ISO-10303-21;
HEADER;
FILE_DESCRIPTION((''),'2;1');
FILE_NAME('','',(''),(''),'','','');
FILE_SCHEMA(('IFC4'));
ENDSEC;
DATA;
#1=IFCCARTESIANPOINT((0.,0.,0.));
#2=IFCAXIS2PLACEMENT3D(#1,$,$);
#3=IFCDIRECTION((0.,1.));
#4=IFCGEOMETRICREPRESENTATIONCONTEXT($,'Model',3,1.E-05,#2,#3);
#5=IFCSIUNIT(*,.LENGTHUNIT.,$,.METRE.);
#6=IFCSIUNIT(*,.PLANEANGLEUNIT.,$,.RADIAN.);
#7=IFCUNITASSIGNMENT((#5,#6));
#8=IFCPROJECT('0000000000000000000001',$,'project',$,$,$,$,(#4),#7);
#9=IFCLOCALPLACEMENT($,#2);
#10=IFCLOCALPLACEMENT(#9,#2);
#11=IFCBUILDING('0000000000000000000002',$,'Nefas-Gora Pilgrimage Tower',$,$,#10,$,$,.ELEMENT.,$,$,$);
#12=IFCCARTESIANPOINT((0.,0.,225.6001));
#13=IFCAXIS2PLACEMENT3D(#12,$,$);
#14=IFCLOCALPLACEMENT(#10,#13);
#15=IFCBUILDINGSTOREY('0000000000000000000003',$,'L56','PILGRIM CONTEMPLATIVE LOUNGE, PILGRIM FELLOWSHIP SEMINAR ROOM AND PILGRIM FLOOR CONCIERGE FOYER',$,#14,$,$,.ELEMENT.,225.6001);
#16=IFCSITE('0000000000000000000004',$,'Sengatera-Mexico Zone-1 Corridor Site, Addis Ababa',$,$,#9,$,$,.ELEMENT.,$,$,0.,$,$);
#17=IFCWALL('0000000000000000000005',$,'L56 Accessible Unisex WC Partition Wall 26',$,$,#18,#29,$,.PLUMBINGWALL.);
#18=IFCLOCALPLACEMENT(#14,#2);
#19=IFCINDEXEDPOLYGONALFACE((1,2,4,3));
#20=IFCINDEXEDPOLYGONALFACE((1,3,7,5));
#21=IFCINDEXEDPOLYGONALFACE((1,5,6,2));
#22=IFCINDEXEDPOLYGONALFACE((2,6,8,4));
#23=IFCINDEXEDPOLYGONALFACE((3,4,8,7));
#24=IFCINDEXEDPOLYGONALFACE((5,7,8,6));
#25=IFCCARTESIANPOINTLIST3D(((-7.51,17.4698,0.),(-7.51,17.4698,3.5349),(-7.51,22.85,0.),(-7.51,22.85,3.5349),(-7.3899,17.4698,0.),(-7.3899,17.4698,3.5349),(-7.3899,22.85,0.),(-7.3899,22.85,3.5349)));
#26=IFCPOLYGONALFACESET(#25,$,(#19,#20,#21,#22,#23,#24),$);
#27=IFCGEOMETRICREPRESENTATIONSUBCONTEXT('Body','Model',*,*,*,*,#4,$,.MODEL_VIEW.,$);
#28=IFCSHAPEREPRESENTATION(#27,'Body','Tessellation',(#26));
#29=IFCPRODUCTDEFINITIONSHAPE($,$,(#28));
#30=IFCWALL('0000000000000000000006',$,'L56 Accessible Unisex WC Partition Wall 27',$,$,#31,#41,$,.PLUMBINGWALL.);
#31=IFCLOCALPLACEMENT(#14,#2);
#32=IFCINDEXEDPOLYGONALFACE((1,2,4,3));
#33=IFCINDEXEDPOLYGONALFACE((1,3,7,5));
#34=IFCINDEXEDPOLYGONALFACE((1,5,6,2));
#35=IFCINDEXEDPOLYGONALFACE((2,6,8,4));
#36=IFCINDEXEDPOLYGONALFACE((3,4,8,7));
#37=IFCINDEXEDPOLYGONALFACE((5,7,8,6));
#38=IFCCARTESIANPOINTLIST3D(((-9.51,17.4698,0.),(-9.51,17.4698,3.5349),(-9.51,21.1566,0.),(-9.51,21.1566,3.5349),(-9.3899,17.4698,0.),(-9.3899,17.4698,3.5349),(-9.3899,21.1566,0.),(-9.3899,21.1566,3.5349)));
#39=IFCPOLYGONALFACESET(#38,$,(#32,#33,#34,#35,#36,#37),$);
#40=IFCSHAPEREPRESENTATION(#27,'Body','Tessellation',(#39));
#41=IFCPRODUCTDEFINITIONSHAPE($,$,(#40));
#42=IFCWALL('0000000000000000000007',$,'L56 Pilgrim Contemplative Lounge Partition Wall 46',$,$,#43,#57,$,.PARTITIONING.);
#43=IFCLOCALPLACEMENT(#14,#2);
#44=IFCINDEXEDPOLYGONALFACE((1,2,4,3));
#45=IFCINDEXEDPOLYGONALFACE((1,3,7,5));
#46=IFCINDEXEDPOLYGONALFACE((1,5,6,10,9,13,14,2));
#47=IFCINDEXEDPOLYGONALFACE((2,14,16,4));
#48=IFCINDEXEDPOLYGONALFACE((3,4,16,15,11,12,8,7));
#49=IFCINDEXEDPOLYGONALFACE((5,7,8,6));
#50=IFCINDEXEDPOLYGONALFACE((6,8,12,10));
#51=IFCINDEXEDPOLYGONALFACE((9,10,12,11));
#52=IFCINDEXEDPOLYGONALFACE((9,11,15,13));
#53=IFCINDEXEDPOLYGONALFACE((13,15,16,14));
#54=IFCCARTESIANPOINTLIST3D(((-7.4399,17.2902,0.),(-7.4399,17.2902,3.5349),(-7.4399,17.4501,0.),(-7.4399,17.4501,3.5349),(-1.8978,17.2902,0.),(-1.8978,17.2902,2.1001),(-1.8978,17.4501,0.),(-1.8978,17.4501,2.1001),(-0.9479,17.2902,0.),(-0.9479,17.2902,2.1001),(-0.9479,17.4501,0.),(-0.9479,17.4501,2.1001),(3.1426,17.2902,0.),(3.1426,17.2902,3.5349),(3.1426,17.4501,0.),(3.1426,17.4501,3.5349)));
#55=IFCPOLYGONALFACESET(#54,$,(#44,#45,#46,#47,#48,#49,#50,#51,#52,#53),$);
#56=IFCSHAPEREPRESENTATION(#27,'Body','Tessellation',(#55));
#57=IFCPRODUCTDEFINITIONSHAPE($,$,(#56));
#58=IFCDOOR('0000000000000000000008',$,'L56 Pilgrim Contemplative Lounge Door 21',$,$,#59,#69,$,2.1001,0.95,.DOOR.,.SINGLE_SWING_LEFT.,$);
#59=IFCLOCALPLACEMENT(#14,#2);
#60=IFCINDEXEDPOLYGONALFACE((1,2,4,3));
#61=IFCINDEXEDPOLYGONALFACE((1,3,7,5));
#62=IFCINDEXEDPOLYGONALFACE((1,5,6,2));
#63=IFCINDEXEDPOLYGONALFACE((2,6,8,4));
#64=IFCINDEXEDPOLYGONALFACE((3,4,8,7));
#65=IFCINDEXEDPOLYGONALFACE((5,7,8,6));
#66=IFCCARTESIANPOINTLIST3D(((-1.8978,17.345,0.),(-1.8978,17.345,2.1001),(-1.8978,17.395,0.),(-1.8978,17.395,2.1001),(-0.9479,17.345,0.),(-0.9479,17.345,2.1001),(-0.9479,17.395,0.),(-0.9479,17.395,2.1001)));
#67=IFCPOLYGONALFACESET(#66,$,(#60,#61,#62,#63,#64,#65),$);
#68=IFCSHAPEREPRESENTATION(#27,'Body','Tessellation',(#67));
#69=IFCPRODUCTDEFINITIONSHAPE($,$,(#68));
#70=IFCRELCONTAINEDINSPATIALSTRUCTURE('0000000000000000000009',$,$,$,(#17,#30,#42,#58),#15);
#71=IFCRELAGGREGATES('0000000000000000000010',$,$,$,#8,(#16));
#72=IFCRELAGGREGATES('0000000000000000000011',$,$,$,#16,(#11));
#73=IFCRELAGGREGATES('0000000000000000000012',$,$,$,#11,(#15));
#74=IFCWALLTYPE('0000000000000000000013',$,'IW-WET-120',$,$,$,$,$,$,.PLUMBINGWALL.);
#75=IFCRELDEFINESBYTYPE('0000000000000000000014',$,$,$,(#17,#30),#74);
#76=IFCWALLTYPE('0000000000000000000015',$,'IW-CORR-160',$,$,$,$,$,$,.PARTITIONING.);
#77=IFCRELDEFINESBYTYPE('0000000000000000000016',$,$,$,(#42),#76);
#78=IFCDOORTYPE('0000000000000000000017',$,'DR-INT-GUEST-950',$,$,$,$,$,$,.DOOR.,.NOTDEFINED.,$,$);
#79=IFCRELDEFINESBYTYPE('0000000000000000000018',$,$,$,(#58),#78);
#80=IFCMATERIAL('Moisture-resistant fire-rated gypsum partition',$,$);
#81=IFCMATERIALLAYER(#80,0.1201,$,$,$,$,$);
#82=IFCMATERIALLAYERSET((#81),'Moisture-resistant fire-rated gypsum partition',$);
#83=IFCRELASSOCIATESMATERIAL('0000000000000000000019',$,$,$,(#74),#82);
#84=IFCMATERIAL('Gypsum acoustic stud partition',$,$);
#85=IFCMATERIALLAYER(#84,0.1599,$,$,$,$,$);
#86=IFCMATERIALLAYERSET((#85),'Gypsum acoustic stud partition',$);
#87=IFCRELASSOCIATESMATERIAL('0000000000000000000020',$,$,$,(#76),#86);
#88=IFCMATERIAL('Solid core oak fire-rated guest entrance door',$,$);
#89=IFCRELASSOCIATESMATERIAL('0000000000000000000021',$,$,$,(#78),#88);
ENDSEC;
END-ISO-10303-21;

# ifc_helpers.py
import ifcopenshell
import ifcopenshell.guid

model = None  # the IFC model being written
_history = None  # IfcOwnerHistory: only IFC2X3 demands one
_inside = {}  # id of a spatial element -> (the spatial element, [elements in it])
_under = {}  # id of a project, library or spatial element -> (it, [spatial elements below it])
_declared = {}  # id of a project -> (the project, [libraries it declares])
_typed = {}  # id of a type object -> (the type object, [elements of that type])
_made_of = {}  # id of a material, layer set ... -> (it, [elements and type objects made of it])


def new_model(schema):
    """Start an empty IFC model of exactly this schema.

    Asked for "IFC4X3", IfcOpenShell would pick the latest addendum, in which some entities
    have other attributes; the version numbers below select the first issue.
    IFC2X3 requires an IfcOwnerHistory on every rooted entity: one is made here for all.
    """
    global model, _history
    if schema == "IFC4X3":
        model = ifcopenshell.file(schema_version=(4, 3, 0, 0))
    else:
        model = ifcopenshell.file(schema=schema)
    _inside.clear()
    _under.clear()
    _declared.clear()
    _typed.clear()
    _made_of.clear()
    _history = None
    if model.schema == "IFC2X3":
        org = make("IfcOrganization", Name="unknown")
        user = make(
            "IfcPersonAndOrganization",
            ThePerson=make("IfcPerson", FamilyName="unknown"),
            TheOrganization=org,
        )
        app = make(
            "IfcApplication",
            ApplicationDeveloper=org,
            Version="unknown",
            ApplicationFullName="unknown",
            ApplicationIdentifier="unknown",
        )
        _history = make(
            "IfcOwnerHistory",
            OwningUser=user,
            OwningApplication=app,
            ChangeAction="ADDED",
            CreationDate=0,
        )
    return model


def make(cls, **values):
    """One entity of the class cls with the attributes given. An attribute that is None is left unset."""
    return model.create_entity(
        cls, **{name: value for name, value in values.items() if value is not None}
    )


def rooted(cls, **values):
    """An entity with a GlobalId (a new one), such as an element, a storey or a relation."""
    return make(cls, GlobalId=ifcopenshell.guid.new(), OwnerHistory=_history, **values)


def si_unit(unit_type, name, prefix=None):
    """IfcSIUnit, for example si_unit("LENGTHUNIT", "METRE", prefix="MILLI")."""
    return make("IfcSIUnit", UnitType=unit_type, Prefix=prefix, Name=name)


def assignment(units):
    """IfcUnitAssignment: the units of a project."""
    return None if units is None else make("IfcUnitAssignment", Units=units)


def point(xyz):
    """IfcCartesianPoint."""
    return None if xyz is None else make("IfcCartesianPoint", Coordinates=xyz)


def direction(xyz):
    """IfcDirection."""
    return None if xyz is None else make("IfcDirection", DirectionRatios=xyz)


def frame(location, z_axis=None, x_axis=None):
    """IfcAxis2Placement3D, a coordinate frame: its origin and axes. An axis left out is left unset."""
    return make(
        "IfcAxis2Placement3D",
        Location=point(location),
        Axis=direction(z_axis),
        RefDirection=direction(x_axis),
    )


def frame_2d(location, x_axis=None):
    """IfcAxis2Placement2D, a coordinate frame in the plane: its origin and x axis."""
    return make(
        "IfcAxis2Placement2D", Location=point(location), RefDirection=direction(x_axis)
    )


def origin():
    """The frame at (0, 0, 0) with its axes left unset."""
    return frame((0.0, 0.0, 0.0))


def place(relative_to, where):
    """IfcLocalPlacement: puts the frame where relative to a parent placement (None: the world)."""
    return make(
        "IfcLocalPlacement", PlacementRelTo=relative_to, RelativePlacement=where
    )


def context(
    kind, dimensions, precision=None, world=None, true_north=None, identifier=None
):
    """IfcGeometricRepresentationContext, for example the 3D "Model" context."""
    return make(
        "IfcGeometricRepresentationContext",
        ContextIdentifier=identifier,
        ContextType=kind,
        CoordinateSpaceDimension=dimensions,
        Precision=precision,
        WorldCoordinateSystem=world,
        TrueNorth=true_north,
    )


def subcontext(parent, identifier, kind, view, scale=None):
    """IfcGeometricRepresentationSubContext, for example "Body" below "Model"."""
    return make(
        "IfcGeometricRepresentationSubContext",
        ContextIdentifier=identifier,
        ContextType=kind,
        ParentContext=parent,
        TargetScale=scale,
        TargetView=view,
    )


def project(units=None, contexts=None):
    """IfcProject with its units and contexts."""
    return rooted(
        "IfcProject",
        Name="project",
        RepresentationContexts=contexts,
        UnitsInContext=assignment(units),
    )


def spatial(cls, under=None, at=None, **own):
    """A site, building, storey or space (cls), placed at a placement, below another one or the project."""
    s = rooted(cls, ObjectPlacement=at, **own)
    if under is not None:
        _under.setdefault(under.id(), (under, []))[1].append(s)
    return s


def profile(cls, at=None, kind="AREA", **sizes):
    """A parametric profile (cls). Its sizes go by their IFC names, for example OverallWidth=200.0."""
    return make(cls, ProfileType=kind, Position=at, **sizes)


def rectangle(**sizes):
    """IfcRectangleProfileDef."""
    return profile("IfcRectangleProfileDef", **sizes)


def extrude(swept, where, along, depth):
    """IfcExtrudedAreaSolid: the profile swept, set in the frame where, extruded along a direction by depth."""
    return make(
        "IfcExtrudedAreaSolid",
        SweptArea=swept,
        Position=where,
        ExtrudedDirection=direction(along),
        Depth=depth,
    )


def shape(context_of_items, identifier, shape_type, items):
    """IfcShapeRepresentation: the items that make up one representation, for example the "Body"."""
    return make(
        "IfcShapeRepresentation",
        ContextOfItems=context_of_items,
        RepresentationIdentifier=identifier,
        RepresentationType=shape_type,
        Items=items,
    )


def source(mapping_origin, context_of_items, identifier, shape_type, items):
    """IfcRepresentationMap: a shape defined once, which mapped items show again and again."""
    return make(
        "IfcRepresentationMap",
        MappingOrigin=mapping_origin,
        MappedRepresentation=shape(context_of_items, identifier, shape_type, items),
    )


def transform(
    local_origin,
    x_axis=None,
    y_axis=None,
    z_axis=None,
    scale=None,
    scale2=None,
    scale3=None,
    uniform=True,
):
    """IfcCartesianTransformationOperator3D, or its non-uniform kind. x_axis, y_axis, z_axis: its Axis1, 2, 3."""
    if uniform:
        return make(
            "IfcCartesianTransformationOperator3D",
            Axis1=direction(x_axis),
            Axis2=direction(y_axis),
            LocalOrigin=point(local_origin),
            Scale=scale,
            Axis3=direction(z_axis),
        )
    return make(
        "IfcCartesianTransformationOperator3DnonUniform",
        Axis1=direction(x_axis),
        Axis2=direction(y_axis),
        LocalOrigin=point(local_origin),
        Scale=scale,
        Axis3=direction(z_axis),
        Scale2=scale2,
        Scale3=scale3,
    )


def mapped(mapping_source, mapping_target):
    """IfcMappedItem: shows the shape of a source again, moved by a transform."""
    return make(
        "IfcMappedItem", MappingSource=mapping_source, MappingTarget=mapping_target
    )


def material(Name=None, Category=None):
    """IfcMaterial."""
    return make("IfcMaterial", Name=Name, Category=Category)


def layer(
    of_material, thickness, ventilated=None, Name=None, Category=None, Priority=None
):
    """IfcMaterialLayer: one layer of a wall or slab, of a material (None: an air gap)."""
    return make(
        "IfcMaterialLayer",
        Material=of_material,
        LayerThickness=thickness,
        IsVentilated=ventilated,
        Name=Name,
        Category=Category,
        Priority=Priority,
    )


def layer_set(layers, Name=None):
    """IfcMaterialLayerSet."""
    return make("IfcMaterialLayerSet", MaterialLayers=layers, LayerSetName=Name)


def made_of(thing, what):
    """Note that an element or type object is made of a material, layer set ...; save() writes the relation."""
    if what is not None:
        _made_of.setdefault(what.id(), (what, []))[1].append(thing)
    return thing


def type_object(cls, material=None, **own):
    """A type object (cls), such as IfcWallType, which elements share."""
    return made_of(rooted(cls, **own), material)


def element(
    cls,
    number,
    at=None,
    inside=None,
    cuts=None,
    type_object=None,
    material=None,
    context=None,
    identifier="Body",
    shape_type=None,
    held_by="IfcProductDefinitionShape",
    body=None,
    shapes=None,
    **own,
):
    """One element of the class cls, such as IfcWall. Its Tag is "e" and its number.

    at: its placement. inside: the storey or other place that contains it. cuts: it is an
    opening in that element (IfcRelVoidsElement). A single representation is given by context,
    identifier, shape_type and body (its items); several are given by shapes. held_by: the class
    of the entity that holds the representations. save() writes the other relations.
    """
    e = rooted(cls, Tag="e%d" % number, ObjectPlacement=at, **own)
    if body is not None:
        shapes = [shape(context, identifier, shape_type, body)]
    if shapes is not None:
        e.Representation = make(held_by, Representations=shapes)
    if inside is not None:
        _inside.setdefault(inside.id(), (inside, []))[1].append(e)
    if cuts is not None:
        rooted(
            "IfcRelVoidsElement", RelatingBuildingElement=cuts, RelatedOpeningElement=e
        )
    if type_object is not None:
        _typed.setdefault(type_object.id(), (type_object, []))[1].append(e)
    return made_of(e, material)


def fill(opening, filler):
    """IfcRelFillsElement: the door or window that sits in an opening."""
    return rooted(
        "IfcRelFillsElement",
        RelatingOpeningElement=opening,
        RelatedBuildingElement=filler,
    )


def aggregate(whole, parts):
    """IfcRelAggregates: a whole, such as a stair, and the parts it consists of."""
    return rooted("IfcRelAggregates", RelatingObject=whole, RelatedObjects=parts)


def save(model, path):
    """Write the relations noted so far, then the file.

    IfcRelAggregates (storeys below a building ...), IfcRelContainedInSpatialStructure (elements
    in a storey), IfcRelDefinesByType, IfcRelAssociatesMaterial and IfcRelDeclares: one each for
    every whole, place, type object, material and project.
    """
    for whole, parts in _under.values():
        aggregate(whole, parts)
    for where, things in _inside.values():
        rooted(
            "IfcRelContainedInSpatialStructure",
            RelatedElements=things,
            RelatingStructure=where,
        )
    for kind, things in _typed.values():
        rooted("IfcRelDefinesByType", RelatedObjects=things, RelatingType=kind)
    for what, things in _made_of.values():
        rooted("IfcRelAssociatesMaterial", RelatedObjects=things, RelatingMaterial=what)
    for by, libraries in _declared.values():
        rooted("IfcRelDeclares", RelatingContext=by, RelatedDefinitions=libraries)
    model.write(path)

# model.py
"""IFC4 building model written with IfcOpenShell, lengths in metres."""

from ifc_helpers import new_model, si_unit, direction, frame, frame_2d, origin, place, context, subcontext, project, spatial, rectangle, extrude, source, transform, mapped, material, layer, layer_set, type_object, element, fill, save


model = new_model("IFC4")

# Units and contexts
model_context = context("Model", 3, precision=1e-05, world=origin(), true_north=direction((0.0, 1.0)))
body_context = subcontext(model_context, "Body", "Model", "MODEL_VIEW")
ifc_project = project(units=[si_unit("LENGTHUNIT", "METRE"), si_unit("PLANEANGLEUNIT", "RADIAN")], contexts=[model_context])

# Site, building, storey
site_placement = place(None, origin())
site = spatial("IfcSite", under=ifc_project, at=site_placement, Name="Sengatera-Mexico Zone-1 Corridor Site, Addis Ababa", CompositionType="ELEMENT", RefElevation=0.0)
building_placement = place(site_placement, origin())
building = spatial("IfcBuilding", under=site, at=building_placement, Name="Nefas-Gora Pilgrimage Tower", CompositionType="ELEMENT")
storey_placement = place(building_placement, frame((0.0, 0.0, 225.6001)))
storey = spatial("IfcBuildingStorey", under=building, at=storey_placement, Name="L56", Description="PILGRIM CONTEMPLATIVE LOUNGE, PILGRIM FELLOWSHIP SEMINAR ROOM AND PILGRIM FLOOR CONCIERGE FOYER", CompositionType="ELEMENT", Elevation=225.6001)

# Shared definitions
ifc_material_1 = material(Name="Moisture-resistant fire-rated gypsum partition")
ifc_layer_1 = layer(ifc_material_1, 0.1201)
ifc_layer_set_1 = layer_set([ifc_layer_1], Name="Moisture-resistant fire-rated gypsum partition")
wall_type_1 = type_object("IfcWallType", Name="IW-WET-120", PredefinedType="PLUMBINGWALL", material=ifc_layer_set_1)

# Walls
shared_shape_1 = source(origin(), body_context, "Body", "SweptSolid", [
    extrude(rectangle(XDim=5.3801, YDim=0.1201, at=frame_2d((2.6899, 0.0))), origin(), (0.0, 0.0, 1.0), 3.5349),
])
wall_1_placement = place(storey_placement, frame((-7.45, 17.47, 0.0), z_axis=(0.0, 0.0, 1.0), x_axis=(0.0, 1.0, 0.0)))
element("IfcWall", 1, at=wall_1_placement, inside=storey, type_object=wall_type_1, Name="L56 Accessible Unisex WC Partition Wall 26", PredefinedType="PLUMBINGWALL", context=body_context, shape_type="MappedRepresentation", body=[
    mapped(shared_shape_1, transform((0.0, 0.0, 0.0), x_axis=(1.0, 0.0, 0.0), y_axis=(0.0, 1.0, 0.0), z_axis=(0.0, 0.0, 1.0), scale=1.0)),
])
shared_shape_2 = source(origin(), body_context, "Body", "SweptSolid", [
    extrude(rectangle(XDim=3.6868, YDim=0.1201, at=frame_2d((1.8433, 0.0))), origin(), (0.0, 0.0, 1.0), 3.5349),
])
wall_2_placement = place(storey_placement, frame((-9.45, 17.47, 0.0), z_axis=(0.0, 0.0, 1.0), x_axis=(0.0, 1.0, 0.0)))
element("IfcWall", 2, at=wall_2_placement, inside=storey, type_object=wall_type_1, Name="L56 Accessible Unisex WC Partition Wall 27", PredefinedType="PLUMBINGWALL", context=body_context, shape_type="MappedRepresentation", body=[
    mapped(shared_shape_2, transform((0.0, 0.0, 0.0), x_axis=(1.0, 0.0, 0.0), y_axis=(0.0, 1.0, 0.0), z_axis=(0.0, 0.0, 1.0), scale=1.0)),
])

# Wall, opening, door
ifc_material_2 = material(Name="Gypsum acoustic stud partition")
ifc_layer_2 = layer(ifc_material_2, 0.1599)
ifc_layer_set_2 = layer_set([ifc_layer_2], Name="Gypsum acoustic stud partition")
wall_type_2 = type_object("IfcWallType", Name="IW-CORR-160", PredefinedType="PARTITIONING", material=ifc_layer_set_2)
shared_shape_3 = source(origin(), body_context, "Body", "SweptSolid", [
    extrude(rectangle(XDim=10.5825, YDim=0.1599, at=frame_2d((5.2913, 0.0))), origin(), (0.0, 0.0, 1.0), 3.5349),
])
wall_3_placement = place(storey_placement, frame((-7.4399, 17.3701, 0.0), z_axis=(0.0, 0.0, 1.0), x_axis=(1.0, 0.0, 0.0)))
wall_3 = element("IfcWall", 3, at=wall_3_placement, inside=storey, type_object=wall_type_2, Name="L56 Pilgrim Contemplative Lounge Partition Wall 46", PredefinedType="PARTITIONING", context=body_context, shape_type="MappedRepresentation", body=[
    mapped(shared_shape_3, transform((0.0, 0.0, 0.0), x_axis=(1.0, 0.0, 0.0), y_axis=(0.0, 1.0, 0.0), z_axis=(0.0, 0.0, 1.0), scale=1.0)),
])
opening_1_placement = place(wall_3_placement, frame((5.542, 0.0, 0.0)))
opening_1 = element("IfcOpeningElement", 4, at=opening_1_placement, cuts=wall_3, PredefinedType="OPENING", context=body_context, shape_type="SweptSolid", body=[
    extrude(rectangle(XDim=0.95, YDim=2.1001, at=frame_2d((0.4751, 1.05))), frame((0.0, 0.0898, 0.0), z_axis=(0.0, -1.0, 0.0), x_axis=(1.0, 0.0, 0.0)), (0.0, 0.0, 1.0), 0.1799),
])
ifc_material_3 = material(Name="Solid core oak fire-rated guest entrance door")
door_type_1 = type_object("IfcDoorType", Name="DR-INT-GUEST-950", OperationType="NOTDEFINED", PredefinedType="DOOR", material=ifc_material_3)
shared_shape_4 = source(origin(), body_context, "Body", "SweptSolid", [
    extrude(rectangle(XDim=0.95, YDim=2.1001, at=frame_2d((0.4751, 1.05))), frame((0.0, 0.0249, 0.0), z_axis=(0.0, -1.0, 0.0), x_axis=(1.0, 0.0, 0.0)), (0.0, 0.0, 1.0), 0.05),
])
door_1_placement = place(opening_1_placement, origin())
door_1 = element("IfcDoor", 5, at=door_1_placement, inside=storey, type_object=door_type_1, Name="L56 Pilgrim Contemplative Lounge Door 21", OperationType="SINGLE_SWING_LEFT", OverallHeight=2.1001, OverallWidth=0.95, PredefinedType="DOOR", context=body_context, shape_type="MappedRepresentation", body=[
    mapped(shared_shape_4, transform((0.0, 0.0, 0.0), x_axis=(1.0, 0.0, 0.0), y_axis=(0.0, 1.0, 0.0), z_axis=(0.0, 0.0, 1.0), scale=1.0)),
])
fill(opening_1, door_1)

save(model, "model.ifc")
